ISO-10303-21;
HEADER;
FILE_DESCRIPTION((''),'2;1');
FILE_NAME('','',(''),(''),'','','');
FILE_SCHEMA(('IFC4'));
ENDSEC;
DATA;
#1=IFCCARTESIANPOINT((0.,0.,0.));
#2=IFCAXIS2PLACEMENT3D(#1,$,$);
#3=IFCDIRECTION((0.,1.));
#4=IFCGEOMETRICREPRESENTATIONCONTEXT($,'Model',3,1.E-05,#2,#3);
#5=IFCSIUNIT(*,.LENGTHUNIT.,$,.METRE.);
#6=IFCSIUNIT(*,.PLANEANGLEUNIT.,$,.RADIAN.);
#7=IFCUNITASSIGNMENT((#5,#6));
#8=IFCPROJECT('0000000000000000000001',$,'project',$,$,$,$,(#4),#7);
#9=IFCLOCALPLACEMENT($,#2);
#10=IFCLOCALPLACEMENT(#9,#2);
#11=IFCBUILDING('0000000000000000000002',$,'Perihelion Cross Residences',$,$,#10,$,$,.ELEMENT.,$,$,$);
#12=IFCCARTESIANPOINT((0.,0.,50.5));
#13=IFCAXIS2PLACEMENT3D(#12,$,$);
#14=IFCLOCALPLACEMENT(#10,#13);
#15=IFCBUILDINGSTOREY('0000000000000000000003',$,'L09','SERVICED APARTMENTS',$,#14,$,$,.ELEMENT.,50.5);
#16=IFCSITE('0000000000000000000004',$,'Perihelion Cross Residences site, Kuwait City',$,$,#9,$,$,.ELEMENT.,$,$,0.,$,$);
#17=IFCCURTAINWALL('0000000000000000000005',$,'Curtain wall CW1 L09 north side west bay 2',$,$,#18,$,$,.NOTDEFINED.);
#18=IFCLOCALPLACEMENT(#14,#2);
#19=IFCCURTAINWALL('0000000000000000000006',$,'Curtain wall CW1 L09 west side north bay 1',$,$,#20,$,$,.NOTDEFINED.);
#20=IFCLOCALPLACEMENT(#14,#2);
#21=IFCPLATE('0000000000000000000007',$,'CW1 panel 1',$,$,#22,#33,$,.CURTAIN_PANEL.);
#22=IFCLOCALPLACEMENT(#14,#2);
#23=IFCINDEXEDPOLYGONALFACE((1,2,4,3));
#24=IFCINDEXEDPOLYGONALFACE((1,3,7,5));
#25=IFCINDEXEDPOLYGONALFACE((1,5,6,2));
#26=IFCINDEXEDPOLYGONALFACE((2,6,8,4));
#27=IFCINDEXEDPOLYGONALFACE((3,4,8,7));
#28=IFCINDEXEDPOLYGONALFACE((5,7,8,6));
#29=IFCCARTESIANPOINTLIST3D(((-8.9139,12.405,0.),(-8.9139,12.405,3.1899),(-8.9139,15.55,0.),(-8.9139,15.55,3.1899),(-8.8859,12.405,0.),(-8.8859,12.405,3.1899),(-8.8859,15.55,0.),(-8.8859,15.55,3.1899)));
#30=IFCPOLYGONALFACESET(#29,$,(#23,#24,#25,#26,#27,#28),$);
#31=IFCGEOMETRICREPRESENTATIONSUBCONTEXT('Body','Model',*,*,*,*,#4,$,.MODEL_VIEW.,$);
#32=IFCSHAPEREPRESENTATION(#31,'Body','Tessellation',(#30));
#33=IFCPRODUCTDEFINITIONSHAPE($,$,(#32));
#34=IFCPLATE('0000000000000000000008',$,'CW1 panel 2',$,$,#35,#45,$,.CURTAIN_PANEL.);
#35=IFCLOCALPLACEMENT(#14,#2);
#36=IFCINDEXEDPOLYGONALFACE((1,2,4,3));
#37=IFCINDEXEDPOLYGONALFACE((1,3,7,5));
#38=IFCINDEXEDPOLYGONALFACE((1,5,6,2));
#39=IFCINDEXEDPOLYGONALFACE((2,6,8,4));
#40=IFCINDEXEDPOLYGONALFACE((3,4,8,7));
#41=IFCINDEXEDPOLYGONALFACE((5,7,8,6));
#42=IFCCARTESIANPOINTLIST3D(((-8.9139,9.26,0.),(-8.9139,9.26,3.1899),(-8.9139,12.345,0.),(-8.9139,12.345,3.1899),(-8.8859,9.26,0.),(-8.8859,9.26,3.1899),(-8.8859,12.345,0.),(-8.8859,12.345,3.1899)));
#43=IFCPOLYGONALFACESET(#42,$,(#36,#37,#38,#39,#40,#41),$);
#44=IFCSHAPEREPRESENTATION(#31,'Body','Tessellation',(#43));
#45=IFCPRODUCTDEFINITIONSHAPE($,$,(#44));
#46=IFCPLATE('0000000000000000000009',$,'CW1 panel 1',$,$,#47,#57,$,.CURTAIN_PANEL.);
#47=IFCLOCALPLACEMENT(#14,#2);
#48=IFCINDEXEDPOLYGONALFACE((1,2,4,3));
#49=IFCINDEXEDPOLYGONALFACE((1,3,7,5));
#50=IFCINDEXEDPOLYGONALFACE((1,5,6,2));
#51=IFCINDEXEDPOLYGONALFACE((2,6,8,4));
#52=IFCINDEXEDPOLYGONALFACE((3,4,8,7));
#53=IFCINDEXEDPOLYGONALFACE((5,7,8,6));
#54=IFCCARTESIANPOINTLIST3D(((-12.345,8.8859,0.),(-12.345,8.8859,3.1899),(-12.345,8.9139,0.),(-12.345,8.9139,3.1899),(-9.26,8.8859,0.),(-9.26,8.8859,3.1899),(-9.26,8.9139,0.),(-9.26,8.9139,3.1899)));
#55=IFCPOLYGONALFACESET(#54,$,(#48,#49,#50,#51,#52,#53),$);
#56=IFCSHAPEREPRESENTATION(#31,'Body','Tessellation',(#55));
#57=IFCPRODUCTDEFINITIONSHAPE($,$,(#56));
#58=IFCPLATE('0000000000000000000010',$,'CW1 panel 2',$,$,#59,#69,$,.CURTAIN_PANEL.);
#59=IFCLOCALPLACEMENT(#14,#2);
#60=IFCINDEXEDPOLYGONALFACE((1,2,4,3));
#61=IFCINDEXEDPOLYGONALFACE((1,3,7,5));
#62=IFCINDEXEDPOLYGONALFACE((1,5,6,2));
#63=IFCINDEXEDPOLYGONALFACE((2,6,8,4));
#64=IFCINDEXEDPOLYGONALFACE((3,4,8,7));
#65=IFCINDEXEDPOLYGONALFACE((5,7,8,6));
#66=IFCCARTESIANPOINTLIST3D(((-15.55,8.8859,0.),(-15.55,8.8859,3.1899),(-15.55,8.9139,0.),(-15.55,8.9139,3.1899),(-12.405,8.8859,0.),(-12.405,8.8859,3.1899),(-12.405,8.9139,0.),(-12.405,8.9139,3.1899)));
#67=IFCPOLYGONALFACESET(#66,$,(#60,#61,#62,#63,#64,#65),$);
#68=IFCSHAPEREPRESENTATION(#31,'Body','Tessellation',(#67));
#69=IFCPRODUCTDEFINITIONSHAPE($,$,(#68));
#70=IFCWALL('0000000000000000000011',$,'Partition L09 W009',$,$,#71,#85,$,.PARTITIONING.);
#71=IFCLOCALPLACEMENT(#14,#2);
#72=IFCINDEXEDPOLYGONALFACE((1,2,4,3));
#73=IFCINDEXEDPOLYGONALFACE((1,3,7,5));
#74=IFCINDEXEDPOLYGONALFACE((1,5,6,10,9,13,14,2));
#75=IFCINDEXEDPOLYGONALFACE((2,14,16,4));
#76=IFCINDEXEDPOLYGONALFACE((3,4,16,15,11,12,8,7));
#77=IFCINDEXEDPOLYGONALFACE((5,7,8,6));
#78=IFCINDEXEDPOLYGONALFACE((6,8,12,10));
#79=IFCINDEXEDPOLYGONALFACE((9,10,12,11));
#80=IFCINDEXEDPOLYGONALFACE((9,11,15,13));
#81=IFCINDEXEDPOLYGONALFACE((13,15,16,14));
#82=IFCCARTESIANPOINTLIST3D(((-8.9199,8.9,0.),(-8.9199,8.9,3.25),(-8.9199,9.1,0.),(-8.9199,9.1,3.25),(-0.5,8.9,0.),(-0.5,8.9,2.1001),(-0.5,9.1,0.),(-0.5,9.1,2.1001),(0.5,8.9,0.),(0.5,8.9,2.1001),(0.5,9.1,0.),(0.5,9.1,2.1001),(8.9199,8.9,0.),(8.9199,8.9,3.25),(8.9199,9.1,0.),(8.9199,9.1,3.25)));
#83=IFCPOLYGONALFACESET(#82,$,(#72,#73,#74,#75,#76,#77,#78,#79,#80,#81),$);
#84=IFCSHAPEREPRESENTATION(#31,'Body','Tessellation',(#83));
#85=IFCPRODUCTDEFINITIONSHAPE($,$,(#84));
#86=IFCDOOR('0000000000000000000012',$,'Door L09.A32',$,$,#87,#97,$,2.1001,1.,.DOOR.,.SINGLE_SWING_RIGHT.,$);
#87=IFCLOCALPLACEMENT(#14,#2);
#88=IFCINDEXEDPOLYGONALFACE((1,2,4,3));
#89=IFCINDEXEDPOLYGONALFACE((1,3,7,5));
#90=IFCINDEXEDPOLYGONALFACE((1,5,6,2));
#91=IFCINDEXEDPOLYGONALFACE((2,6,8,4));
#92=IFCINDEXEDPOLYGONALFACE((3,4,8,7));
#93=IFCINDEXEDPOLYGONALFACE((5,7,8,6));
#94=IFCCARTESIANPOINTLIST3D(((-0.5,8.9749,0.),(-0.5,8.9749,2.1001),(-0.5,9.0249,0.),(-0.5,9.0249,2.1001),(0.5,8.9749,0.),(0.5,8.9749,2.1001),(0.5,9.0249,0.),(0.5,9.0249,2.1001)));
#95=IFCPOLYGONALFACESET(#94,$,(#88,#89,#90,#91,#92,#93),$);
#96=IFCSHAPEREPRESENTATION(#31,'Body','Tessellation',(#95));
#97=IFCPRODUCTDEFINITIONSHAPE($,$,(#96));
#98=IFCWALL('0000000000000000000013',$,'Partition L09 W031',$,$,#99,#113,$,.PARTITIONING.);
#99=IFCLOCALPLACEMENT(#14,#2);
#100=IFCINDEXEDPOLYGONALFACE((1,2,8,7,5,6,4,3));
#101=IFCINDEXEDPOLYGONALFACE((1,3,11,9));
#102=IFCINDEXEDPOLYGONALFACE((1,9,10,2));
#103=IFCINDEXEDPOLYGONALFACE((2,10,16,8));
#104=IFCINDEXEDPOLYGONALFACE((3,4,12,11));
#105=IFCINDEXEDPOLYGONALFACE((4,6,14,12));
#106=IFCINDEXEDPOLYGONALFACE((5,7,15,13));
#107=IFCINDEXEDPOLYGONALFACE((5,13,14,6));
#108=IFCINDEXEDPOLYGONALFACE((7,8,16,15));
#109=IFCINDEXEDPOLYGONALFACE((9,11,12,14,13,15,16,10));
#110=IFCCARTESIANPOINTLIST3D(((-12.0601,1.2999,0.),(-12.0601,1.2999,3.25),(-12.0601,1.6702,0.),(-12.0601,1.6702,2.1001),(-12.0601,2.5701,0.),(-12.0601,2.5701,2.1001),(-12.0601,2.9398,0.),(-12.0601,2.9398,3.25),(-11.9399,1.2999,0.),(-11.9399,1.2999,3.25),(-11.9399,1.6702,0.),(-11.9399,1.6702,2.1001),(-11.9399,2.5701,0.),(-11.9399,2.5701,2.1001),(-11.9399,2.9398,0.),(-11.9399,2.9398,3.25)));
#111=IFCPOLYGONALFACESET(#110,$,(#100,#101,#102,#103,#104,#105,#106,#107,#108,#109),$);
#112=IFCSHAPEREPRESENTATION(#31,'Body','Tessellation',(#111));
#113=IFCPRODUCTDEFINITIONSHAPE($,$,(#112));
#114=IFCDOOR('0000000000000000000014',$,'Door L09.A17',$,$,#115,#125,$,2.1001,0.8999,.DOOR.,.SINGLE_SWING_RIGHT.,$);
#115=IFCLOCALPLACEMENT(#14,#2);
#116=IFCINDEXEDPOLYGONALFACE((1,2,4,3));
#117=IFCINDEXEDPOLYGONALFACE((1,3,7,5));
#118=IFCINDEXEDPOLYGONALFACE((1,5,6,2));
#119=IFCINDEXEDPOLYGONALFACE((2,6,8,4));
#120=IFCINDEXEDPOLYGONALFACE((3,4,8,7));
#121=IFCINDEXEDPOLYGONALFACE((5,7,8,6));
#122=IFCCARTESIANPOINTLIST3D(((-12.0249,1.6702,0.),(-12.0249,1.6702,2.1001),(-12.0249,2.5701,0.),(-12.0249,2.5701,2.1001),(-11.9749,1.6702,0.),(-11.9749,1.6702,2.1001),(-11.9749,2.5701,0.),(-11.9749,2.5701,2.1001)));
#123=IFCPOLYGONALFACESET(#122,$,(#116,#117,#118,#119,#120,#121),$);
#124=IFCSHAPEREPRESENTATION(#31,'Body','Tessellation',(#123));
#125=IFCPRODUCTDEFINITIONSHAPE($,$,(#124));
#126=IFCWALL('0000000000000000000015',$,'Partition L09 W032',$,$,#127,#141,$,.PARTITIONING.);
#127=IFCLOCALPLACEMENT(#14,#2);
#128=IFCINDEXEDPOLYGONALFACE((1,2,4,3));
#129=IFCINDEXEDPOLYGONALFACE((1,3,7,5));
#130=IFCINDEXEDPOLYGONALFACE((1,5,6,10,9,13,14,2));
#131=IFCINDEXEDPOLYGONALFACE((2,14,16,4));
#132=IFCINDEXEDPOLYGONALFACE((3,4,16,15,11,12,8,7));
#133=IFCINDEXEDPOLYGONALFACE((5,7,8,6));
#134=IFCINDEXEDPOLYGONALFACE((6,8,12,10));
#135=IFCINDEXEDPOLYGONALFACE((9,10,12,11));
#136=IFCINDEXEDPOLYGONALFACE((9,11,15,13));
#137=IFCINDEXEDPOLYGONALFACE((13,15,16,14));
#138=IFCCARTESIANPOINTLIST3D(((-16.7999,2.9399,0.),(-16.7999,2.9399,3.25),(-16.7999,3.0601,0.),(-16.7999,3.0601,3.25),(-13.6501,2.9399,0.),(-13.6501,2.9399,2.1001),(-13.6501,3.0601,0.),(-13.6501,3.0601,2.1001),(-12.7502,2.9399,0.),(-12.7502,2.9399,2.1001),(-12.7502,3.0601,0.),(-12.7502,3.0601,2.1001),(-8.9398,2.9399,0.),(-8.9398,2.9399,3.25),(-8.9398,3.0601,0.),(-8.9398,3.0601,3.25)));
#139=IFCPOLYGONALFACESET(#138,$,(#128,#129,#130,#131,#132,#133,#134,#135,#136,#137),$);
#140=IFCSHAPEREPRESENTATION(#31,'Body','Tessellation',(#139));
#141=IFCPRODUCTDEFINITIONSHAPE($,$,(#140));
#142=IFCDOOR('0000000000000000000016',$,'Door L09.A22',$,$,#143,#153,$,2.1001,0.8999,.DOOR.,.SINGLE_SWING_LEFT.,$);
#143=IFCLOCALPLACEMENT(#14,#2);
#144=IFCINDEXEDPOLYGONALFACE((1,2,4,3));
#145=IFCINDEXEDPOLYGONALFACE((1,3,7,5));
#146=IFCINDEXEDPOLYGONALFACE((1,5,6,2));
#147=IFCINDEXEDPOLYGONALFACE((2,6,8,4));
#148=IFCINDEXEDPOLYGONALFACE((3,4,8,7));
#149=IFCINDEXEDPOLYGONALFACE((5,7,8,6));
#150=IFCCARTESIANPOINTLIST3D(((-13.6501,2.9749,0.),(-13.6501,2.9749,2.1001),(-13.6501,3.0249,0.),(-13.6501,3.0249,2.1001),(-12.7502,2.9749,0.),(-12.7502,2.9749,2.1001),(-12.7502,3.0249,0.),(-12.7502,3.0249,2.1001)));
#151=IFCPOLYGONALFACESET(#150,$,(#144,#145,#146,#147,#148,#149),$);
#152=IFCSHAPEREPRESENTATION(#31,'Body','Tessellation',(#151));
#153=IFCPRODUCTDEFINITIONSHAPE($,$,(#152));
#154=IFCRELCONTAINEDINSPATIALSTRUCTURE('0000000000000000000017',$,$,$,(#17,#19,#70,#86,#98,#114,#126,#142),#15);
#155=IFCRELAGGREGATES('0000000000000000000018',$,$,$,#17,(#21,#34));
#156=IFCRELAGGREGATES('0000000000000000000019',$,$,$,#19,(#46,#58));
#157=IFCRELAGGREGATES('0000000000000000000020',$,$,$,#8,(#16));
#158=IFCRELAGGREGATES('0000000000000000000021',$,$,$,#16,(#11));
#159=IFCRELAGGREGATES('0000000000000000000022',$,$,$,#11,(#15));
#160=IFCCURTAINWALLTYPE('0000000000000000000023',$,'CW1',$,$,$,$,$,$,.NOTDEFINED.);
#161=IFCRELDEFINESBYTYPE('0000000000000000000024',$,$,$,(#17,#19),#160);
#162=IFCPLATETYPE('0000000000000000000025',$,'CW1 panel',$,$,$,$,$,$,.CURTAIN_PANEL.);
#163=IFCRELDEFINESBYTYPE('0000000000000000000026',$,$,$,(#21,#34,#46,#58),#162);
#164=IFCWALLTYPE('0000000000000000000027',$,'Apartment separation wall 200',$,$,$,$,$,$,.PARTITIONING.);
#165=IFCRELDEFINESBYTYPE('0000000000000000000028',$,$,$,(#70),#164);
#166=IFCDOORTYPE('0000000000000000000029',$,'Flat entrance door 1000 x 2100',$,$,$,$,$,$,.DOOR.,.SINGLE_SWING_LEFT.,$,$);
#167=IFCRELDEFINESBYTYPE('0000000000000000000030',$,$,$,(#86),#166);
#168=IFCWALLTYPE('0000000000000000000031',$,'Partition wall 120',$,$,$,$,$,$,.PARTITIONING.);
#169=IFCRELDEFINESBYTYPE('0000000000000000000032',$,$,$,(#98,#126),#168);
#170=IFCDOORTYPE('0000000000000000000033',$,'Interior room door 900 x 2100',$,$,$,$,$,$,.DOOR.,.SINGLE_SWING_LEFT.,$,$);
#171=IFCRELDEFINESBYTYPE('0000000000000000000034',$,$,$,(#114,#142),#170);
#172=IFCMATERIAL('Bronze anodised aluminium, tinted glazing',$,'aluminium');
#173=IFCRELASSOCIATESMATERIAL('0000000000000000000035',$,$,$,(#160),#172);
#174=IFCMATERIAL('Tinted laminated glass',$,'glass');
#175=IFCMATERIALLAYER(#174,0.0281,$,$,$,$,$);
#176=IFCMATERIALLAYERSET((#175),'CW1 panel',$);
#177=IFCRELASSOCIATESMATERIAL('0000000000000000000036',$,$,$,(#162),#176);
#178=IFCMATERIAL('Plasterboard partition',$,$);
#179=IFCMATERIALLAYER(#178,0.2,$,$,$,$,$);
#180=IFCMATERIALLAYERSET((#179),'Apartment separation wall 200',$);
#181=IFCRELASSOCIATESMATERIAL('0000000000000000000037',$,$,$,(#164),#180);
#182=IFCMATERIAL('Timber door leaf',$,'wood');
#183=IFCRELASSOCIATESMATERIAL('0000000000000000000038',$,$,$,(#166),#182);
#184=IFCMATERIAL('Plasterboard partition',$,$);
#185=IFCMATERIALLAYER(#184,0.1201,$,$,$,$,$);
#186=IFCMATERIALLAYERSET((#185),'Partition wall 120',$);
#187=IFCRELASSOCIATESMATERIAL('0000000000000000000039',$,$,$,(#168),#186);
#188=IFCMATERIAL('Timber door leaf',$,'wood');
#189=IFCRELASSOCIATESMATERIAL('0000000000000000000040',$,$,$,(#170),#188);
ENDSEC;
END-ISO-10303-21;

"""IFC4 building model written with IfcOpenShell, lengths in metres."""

from ifc_helpers import new_model, si_unit, direction, frame, frame_2d, origin, origin_2d, place, context, subcontext, project, spatial, rectangle, extrude, material, layer, layer_set, type_object, element, fill, aggregate, save


model = new_model("IFC4")

# Units and contexts
model_context = context("Model", 3, precision=1e-05, world=origin(), true_north=direction((0.0, 1.0)))
body_context = subcontext(model_context, "Body", "Model", "MODEL_VIEW")
ifc_project = project(units=[si_unit("LENGTHUNIT", "METRE"), si_unit("PLANEANGLEUNIT", "RADIAN")], contexts=[model_context])

# Site, building, storey
site_placement = place(None, origin())
site = spatial("IfcSite", under=ifc_project, at=site_placement, Name="Perihelion Cross Residences site, Kuwait City", CompositionType="ELEMENT", RefElevation=0.0)
building_placement = place(site_placement, origin())
building = spatial("IfcBuilding", under=site, at=building_placement, Name="Perihelion Cross Residences", CompositionType="ELEMENT")
storey_placement = place(building_placement, frame((0.0, 0.0, 50.5)))
storey = spatial("IfcBuildingStorey", under=building, at=storey_placement, Name="L09", Description="SERVICED APARTMENTS", CompositionType="ELEMENT", Elevation=50.5)

# Shared definitions
ifc_material_1 = material(Name="Bronze anodised aluminium, tinted glazing", Category="aluminium")
curtain_wall_type = type_object("IfcCurtainWallType", Name="CW1", PredefinedType="NOTDEFINED", material=ifc_material_1)

# Curtain walls
curtain_wall_1_placement = place(storey_placement, origin())
curtain_wall_1 = element("IfcCurtainWall", 1, at=curtain_wall_1_placement, inside=storey, type_object=curtain_wall_type, Name="Curtain wall CW1 L09 north side west bay 2", PredefinedType="NOTDEFINED")
curtain_wall_2_placement = place(storey_placement, origin())
curtain_wall_2 = element("IfcCurtainWall", 2, at=curtain_wall_2_placement, inside=storey, type_object=curtain_wall_type, Name="Curtain wall CW1 L09 west side north bay 1", PredefinedType="NOTDEFINED")

# Plates
ifc_material_2 = material(Name="Tinted laminated glass", Category="glass")
ifc_layer_1 = layer(ifc_material_2, 0.0281)
ifc_layer_set_1 = layer_set([ifc_layer_1], Name="CW1 panel")
plate_type = type_object("IfcPlateType", Name="CW1 panel", PredefinedType="CURTAIN_PANEL", material=ifc_layer_set_1)
plate_1_placement = place(storey_placement, frame((-8.8999, 13.9775, 0.0), z_axis=(0.0, 0.0, 1.0), x_axis=(0.0, -1.0, 0.0)))
plate_1 = element("IfcPlate", 3, at=plate_1_placement, type_object=plate_type, Name="CW1 panel 1", PredefinedType="CURTAIN_PANEL", context=body_context, shape_type="SweptSolid", body=[
    extrude(rectangle(XDim=3.145, YDim=0.0281, at=origin_2d()), origin(), (0.0, 0.0, 1.0), 3.1899),
])
plate_2_placement = place(storey_placement, frame((-8.8999, 10.8025, 0.0), z_axis=(0.0, 0.0, 1.0), x_axis=(0.0, -1.0, 0.0)))
plate_2 = element("IfcPlate", 4, at=plate_2_placement, type_object=plate_type, Name="CW1 panel 2", PredefinedType="CURTAIN_PANEL", context=body_context, shape_type="SweptSolid", body=[
    extrude(rectangle(XDim=3.085, YDim=0.0281, at=origin_2d()), origin(), (0.0, 0.0, 1.0), 3.1899),
])
aggregate(curtain_wall_1, [plate_1, plate_2])
plate_3_placement = place(storey_placement, frame((-10.8025, 8.8999, 0.0), z_axis=(0.0, 0.0, 1.0), x_axis=(-1.0, 0.0, 0.0)))
plate_3 = element("IfcPlate", 5, at=plate_3_placement, type_object=plate_type, Name="CW1 panel 1", PredefinedType="CURTAIN_PANEL", context=body_context, shape_type="SweptSolid", body=[
    extrude(rectangle(XDim=3.085, YDim=0.0281, at=origin_2d()), origin(), (0.0, 0.0, 1.0), 3.1899),
])
plate_4_placement = place(storey_placement, frame((-13.9775, 8.8999, 0.0), z_axis=(0.0, 0.0, 1.0), x_axis=(-1.0, 0.0, 0.0)))
plate_4 = element("IfcPlate", 6, at=plate_4_placement, type_object=plate_type, Name="CW1 panel 2", PredefinedType="CURTAIN_PANEL", context=body_context, shape_type="SweptSolid", body=[
    extrude(rectangle(XDim=3.145, YDim=0.0281, at=origin_2d()), origin(), (0.0, 0.0, 1.0), 3.1899),
])
aggregate(curtain_wall_2, [plate_3, plate_4])

# Walls, openings, doors
ifc_material_3 = material(Name="Plasterboard partition")
ifc_layer_2 = layer(ifc_material_3, 0.2)
ifc_layer_set_2 = layer_set([ifc_layer_2], Name="Apartment separation wall 200")
wall_type_1 = type_object("IfcWallType", Name="Apartment separation wall 200", PredefinedType="PARTITIONING", material=ifc_layer_set_2)
wall_1_placement = place(storey_placement, frame((-8.9199, 9.0, 0.0), z_axis=(0.0, 0.0, 1.0), x_axis=(1.0, 0.0, 0.0)))
wall_1 = element("IfcWall", 7, at=wall_1_placement, inside=storey, type_object=wall_type_1, Name="Partition L09 W009", PredefinedType="PARTITIONING", context=body_context, shape_type="SweptSolid", body=[
    extrude(rectangle(XDim=17.8398, YDim=0.2, at=frame_2d((8.9199, 0.0))), origin(), (0.0, 0.0, 1.0), 3.25),
])
opening_1_placement = place(wall_1_placement, frame((8.4199, 0.0, 0.0)))
opening_1 = element("IfcOpeningElement", 8, at=opening_1_placement, cuts=wall_1, PredefinedType="OPENING", context=body_context, shape_type="SweptSolid", body=[
    extrude(rectangle(XDim=1.0, YDim=2.1001, at=frame_2d((0.5, 1.05))), frame((0.0, 0.1099, 0.0), z_axis=(0.0, -1.0, 0.0), x_axis=(1.0, 0.0, 0.0)), (0.0, 0.0, 1.0), 0.22),
])
ifc_material_4 = material(Name="Timber door leaf", Category="wood")
door_type_1 = type_object("IfcDoorType", Name="Flat entrance door 1000 x 2100", OperationType="SINGLE_SWING_LEFT", PredefinedType="DOOR", material=ifc_material_4)
door_1_placement = place(opening_1_placement, origin())
door_1 = element("IfcDoor", 9, at=door_1_placement, inside=storey, type_object=door_type_1, Name="Door L09.A32", OperationType="SINGLE_SWING_RIGHT", OverallHeight=2.1001, OverallWidth=1.0, PredefinedType="DOOR", context=body_context, shape_type="SweptSolid", body=[
    extrude(rectangle(XDim=1.0, YDim=2.1001, at=frame_2d((0.5, 1.05))), frame((0.0, 0.0249, 0.0), z_axis=(0.0, -1.0, 0.0), x_axis=(1.0, 0.0, 0.0)), (0.0, 0.0, 1.0), 0.05),
])
fill(opening_1, door_1)
ifc_material_5 = material(Name="Plasterboard partition")
ifc_layer_3 = layer(ifc_material_5, 0.1201)
ifc_layer_set_3 = layer_set([ifc_layer_3], Name="Partition wall 120")
wall_type_2 = type_object("IfcWallType", Name="Partition wall 120", PredefinedType="PARTITIONING", material=ifc_layer_set_3)
wall_2_placement = place(storey_placement, frame((-12.0, 1.3, 0.0), z_axis=(0.0, 0.0, 1.0), x_axis=(0.0, 1.0, 0.0)))
wall_2 = element("IfcWall", 10, at=wall_2_placement, inside=storey, type_object=wall_type_2, Name="Partition L09 W031", PredefinedType="PARTITIONING", context=body_context, shape_type="SweptSolid", body=[
    extrude(rectangle(XDim=1.6399, YDim=0.1201, at=frame_2d((0.8198, 0.0))), origin(), (0.0, 0.0, 1.0), 3.25),
])
opening_2_placement = place(wall_2_placement, frame((0.3701, 0.0, 0.0)))
opening_2 = element("IfcOpeningElement", 11, at=opening_2_placement, cuts=wall_2, PredefinedType="OPENING", context=body_context, shape_type="SweptSolid", body=[
    extrude(rectangle(XDim=0.8999, YDim=2.1001, at=frame_2d((0.45, 1.05))), frame((0.0, 0.0701, 0.0), z_axis=(0.0, -1.0, 0.0), x_axis=(1.0, 0.0, 0.0)), (0.0, 0.0, 1.0), 0.1401),
])
ifc_material_6 = material(Name="Timber door leaf", Category="wood")
door_type_2 = type_object("IfcDoorType", Name="Interior room door 900 x 2100", OperationType="SINGLE_SWING_LEFT", PredefinedType="DOOR", material=ifc_material_6)
door_2_placement = place(opening_2_placement, origin())
door_2 = element("IfcDoor", 12, at=door_2_placement, inside=storey, type_object=door_type_2, Name="Door L09.A17", OperationType="SINGLE_SWING_RIGHT", OverallHeight=2.1001, OverallWidth=0.8999, PredefinedType="DOOR", context=body_context, shape_type="SweptSolid", body=[
    extrude(rectangle(XDim=0.8999, YDim=2.1001, at=frame_2d((0.45, 1.05))), frame((0.0, 0.0249, 0.0), z_axis=(0.0, -1.0, 0.0), x_axis=(1.0, 0.0, 0.0)), (0.0, 0.0, 1.0), 0.05),
])
fill(opening_2, door_2)
wall_3_placement = place(storey_placement, frame((-16.8, 3.0, 0.0), z_axis=(0.0, 0.0, 1.0), x_axis=(1.0, 0.0, 0.0)))
wall_3 = element("IfcWall", 13, at=wall_3_placement, inside=storey, type_object=wall_type_2, Name="Partition L09 W032", PredefinedType="PARTITIONING", context=body_context, shape_type="SweptSolid", body=[
    extrude(rectangle(XDim=7.8601, YDim=0.1201, at=frame_2d((3.9302, 0.0))), origin(), (0.0, 0.0, 1.0), 3.25),
])
opening_3_placement = place(wall_3_placement, frame((3.1499, 0.0, 0.0)))
opening_3 = element("IfcOpeningElement", 14, at=opening_3_placement, cuts=wall_3, PredefinedType="OPENING", context=body_context, shape_type="SweptSolid", body=[
    extrude(rectangle(XDim=0.8999, YDim=2.1001, at=frame_2d((0.45, 1.05))), frame((0.0, 0.0701, 0.0), z_axis=(0.0, -1.0, 0.0), x_axis=(1.0, 0.0, 0.0)), (0.0, 0.0, 1.0), 0.1401),
])
door_3_placement = place(opening_3_placement, origin())
door_3 = element("IfcDoor", 15, at=door_3_placement, inside=storey, type_object=door_type_2, Name="Door L09.A22", OperationType="SINGLE_SWING_LEFT", OverallHeight=2.1001, OverallWidth=0.8999, PredefinedType="DOOR", context=body_context, shape_type="SweptSolid", body=[
    extrude(rectangle(XDim=0.8999, YDim=2.1001, at=frame_2d((0.45, 1.05))), frame((0.0, 0.0249, 0.0), z_axis=(0.0, -1.0, 0.0), x_axis=(1.0, 0.0, 0.0)), (0.0, 0.0, 1.0), 0.05),
])
fill(opening_3, door_3)

save(model, "model.ifc")
